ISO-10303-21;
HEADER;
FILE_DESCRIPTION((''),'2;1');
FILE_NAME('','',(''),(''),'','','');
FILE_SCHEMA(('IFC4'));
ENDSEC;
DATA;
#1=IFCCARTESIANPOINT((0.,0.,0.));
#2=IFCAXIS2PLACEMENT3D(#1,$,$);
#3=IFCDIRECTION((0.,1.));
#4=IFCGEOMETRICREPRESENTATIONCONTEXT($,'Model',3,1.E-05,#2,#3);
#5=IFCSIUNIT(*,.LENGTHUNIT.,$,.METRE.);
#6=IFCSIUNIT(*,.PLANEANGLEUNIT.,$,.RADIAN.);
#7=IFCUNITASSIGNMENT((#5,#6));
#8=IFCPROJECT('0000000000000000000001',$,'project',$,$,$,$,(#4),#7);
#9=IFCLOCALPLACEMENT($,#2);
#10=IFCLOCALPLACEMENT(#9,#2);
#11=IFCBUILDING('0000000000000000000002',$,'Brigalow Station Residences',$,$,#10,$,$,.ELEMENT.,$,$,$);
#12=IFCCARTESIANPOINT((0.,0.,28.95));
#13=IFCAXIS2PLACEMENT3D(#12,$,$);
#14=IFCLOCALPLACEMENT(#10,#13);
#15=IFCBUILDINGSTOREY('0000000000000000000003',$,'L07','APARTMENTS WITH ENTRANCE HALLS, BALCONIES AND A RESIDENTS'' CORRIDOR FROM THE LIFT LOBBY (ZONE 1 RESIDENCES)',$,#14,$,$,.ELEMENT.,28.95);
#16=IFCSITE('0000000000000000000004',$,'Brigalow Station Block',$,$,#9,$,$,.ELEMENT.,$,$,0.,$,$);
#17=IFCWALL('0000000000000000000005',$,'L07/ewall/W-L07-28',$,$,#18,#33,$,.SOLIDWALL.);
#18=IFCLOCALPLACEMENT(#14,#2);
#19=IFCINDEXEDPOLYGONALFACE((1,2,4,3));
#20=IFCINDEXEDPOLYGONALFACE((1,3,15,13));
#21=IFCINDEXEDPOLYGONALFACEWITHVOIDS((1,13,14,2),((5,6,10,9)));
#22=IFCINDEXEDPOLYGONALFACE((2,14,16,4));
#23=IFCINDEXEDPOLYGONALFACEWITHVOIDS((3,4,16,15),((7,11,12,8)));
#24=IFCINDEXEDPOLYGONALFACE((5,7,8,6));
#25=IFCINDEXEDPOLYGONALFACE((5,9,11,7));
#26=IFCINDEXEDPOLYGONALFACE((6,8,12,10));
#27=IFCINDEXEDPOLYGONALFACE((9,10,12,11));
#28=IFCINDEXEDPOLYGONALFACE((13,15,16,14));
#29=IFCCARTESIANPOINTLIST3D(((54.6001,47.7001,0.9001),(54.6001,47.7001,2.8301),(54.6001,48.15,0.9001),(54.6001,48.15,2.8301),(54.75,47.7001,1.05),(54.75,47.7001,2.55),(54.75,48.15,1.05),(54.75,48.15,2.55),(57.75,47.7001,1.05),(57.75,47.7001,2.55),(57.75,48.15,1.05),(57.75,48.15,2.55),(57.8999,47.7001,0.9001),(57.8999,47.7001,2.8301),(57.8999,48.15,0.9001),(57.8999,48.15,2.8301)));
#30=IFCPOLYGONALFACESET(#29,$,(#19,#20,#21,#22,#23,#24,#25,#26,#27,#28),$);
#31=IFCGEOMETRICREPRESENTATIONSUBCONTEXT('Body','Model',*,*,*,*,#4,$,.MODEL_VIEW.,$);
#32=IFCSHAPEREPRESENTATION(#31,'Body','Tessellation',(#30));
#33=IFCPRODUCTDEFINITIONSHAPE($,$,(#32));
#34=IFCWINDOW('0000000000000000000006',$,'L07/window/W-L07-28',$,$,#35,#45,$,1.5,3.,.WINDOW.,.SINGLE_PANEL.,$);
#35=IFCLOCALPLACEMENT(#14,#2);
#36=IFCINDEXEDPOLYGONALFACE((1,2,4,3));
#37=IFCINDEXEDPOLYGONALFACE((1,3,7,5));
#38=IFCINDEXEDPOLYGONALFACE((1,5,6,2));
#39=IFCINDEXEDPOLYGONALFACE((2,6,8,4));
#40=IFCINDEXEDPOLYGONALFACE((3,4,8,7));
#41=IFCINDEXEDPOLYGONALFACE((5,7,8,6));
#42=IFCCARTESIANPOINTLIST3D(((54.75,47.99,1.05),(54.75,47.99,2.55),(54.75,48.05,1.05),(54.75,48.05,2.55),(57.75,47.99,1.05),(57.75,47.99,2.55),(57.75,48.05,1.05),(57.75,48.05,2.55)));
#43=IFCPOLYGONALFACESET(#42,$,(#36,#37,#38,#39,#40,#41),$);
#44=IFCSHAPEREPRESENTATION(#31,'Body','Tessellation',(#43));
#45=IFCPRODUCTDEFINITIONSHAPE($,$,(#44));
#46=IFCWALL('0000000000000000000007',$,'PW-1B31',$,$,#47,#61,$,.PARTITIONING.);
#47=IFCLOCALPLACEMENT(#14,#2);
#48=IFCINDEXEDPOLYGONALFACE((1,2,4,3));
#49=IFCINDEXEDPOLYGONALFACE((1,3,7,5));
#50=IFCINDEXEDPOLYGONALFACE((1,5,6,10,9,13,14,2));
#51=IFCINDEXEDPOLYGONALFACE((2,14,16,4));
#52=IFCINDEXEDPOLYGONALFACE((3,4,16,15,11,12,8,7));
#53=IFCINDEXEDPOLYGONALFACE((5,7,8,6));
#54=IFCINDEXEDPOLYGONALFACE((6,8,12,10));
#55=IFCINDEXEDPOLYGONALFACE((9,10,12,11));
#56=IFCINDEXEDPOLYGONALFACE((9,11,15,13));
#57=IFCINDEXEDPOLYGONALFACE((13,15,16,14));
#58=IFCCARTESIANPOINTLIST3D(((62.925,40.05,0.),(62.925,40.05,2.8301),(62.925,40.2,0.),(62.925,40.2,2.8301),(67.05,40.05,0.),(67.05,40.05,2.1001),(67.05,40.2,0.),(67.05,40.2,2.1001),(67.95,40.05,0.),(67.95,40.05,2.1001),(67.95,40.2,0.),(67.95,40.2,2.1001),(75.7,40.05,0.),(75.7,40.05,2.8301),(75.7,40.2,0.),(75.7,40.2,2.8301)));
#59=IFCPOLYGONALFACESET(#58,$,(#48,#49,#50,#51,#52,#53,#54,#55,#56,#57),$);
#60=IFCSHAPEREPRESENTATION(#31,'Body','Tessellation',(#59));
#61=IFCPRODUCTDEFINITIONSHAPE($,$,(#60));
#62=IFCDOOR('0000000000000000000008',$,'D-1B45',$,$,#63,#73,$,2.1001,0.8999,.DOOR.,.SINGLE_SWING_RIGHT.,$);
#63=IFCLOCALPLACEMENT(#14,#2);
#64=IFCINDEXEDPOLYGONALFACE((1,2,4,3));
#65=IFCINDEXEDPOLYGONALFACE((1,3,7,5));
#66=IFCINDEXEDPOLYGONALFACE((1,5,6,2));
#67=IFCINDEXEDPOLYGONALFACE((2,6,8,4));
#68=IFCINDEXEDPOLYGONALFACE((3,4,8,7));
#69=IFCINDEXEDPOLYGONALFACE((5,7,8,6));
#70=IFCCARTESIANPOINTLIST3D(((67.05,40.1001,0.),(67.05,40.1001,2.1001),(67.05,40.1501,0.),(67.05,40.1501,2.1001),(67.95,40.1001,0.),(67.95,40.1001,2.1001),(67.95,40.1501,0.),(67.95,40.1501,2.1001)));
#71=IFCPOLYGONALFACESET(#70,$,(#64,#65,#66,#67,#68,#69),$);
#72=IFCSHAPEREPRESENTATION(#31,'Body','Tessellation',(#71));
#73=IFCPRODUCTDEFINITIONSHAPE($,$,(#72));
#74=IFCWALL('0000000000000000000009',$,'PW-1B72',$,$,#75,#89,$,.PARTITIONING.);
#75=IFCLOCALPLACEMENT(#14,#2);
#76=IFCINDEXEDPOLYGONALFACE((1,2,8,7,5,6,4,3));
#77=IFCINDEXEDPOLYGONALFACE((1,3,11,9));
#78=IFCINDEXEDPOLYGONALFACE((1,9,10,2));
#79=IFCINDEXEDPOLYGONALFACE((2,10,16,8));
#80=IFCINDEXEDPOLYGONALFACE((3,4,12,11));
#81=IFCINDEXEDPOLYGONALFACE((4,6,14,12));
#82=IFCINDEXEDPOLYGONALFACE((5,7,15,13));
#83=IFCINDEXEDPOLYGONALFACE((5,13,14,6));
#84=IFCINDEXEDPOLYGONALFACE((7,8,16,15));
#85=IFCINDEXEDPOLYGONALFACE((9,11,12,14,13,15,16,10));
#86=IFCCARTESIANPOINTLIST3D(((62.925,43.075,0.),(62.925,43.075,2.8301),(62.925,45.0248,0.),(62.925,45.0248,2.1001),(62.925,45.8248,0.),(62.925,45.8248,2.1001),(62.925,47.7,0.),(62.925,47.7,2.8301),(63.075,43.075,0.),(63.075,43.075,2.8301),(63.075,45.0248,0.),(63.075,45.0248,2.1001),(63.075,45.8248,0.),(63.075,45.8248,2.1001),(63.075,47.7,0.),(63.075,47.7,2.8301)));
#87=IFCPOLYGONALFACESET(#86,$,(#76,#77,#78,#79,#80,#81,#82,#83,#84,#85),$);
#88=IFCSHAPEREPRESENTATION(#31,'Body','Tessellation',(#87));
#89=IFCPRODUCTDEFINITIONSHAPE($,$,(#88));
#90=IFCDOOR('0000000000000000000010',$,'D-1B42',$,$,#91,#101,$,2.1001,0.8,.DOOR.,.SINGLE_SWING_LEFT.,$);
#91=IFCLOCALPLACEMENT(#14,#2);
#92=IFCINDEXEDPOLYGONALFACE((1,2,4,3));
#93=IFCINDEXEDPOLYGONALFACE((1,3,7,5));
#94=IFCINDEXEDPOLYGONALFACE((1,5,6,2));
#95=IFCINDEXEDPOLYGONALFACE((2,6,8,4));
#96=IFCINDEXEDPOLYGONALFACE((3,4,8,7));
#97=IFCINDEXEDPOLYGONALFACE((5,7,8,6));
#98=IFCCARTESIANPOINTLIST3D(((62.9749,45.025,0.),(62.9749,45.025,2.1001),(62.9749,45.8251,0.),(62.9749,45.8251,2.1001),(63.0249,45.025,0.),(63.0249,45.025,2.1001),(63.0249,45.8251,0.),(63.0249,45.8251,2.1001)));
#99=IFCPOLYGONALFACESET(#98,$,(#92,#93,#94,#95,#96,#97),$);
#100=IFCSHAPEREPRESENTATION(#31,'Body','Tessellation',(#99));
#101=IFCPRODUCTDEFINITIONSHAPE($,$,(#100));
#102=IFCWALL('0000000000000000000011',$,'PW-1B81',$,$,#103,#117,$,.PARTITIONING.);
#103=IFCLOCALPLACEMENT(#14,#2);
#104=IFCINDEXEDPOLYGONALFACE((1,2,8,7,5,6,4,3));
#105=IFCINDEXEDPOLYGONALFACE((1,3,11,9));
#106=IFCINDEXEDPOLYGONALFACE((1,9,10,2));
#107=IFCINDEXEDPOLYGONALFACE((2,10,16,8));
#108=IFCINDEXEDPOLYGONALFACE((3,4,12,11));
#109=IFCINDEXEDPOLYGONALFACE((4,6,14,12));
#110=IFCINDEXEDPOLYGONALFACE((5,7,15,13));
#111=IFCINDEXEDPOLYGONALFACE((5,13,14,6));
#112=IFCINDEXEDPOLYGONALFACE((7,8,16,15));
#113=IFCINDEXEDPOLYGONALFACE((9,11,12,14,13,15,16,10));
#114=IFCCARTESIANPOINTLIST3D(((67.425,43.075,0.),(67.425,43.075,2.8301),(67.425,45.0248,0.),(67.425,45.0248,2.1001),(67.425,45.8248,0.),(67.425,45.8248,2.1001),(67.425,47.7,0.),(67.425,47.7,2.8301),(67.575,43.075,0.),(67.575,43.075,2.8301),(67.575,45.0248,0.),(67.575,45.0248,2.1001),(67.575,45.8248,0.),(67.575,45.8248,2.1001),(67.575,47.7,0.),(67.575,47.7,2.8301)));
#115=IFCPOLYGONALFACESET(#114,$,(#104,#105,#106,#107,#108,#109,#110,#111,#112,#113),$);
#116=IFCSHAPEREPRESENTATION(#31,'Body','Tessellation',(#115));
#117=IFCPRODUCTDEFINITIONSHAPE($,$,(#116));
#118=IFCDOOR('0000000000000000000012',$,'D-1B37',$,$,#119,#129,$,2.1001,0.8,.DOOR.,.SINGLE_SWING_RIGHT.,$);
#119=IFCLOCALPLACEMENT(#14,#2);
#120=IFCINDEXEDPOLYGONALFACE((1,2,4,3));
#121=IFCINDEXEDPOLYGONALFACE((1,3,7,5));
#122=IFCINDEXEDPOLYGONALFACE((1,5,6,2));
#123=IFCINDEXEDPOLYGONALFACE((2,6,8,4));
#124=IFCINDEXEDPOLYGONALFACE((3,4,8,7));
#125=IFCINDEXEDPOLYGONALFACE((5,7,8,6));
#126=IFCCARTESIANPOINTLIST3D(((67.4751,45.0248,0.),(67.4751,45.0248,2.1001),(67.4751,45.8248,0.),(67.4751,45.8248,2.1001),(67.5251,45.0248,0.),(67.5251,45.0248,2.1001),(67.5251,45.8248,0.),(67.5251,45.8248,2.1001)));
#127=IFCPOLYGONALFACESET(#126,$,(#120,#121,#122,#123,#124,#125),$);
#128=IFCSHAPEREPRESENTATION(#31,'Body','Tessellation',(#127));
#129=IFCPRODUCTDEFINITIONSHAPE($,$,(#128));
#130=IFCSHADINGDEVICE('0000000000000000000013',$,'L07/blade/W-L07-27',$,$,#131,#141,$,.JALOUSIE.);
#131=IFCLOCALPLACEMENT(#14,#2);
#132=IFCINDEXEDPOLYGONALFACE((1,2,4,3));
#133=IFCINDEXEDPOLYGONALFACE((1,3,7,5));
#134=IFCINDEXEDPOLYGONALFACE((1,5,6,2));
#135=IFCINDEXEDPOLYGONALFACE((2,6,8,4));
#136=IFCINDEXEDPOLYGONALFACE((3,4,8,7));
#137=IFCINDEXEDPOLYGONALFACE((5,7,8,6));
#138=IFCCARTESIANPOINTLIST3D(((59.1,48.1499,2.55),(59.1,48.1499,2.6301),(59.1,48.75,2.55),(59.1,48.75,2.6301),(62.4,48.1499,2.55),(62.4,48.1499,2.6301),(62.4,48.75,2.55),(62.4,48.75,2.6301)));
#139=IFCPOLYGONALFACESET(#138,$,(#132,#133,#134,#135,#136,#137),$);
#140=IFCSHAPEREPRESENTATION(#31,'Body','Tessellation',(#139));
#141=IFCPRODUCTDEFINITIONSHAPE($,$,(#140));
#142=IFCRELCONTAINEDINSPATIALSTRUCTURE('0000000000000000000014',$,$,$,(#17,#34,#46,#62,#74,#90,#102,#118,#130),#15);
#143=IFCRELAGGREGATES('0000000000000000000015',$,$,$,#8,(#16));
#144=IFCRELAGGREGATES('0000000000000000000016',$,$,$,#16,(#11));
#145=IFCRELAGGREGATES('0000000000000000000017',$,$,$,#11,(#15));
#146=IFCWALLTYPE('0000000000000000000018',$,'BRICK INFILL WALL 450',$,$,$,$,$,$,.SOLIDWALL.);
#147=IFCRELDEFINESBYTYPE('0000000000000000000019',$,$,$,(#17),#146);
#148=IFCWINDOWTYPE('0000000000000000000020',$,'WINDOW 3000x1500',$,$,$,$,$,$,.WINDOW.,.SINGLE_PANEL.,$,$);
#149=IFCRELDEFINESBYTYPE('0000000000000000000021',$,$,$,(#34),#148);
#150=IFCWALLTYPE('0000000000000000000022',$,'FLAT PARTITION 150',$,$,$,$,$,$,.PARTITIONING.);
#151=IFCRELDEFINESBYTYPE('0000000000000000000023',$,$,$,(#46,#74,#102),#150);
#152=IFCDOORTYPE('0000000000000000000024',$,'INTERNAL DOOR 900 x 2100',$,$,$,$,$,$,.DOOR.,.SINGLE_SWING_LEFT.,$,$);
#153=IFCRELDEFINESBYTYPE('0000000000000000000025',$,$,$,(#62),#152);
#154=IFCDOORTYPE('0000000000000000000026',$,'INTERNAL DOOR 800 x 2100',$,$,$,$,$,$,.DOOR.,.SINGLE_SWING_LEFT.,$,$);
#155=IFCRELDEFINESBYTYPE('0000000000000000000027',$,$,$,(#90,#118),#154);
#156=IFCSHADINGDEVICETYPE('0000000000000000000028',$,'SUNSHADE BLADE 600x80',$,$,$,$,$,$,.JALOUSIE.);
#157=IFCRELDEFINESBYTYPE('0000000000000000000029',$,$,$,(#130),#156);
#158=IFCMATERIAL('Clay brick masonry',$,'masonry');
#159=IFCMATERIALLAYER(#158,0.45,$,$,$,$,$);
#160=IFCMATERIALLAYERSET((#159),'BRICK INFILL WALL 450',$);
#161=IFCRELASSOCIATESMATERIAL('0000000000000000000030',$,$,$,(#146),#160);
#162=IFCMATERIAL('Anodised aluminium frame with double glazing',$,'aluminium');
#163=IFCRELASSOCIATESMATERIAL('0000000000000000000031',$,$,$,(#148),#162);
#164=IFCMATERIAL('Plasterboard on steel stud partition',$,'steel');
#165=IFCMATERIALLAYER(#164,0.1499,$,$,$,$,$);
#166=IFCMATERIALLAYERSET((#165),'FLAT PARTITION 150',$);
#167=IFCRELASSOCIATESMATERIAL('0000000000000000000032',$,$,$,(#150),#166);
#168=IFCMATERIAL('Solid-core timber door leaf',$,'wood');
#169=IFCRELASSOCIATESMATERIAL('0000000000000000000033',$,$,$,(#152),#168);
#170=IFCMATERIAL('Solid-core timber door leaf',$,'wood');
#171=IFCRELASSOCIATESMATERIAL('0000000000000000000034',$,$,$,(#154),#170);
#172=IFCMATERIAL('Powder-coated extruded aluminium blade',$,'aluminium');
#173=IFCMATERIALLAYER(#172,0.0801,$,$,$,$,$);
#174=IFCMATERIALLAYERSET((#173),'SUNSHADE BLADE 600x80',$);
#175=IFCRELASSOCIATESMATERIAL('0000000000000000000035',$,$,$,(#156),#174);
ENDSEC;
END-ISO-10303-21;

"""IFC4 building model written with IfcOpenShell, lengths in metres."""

from ifc_helpers import new_model, si_unit, direction, frame, frame_2d, origin, origin_2d, place, context, subcontext, project, spatial, rectangle, extrude, material, layer, layer_set, type_object, element, fill, save


model = new_model("IFC4")

# Units and contexts
model_context = context("Model", 3, precision=1e-05, world=origin(), true_north=direction((0.0, 1.0)))
body_context = subcontext(model_context, "Body", "Model", "MODEL_VIEW")
ifc_project = project(units=[si_unit("LENGTHUNIT", "METRE"), si_unit("PLANEANGLEUNIT", "RADIAN")], contexts=[model_context])

# Site, building, storey
site_placement = place(None, origin())
site = spatial("IfcSite", under=ifc_project, at=site_placement, Name="Brigalow Station Block", CompositionType="ELEMENT", RefElevation=0.0)
building_placement = place(site_placement, origin())
building = spatial("IfcBuilding", under=site, at=building_placement, Name="Brigalow Station Residences", CompositionType="ELEMENT")
storey_placement = place(building_placement, frame((0.0, 0.0, 28.95)))
storey = spatial("IfcBuildingStorey", under=building, at=storey_placement, Name="L07", Description="APARTMENTS WITH ENTRANCE HALLS, BALCONIES AND A RESIDENTS' CORRIDOR FROM THE LIFT LOBBY (ZONE 1 RESIDENCES)", CompositionType="ELEMENT", Elevation=28.95)

# Shared definitions
ifc_material_1 = material(Name="Clay brick masonry", Category="masonry")
ifc_layer_1 = layer(ifc_material_1, 0.45)
ifc_layer_set_1 = layer_set([ifc_layer_1], Name="BRICK INFILL WALL 450")
wall_type_1 = type_object("IfcWallType", Name="BRICK INFILL WALL 450", PredefinedType="SOLIDWALL", material=ifc_layer_set_1)

# Wall, opening, window
ifc_material_2 = material(Name="Anodised aluminium frame with double glazing", Category="aluminium")
window_type = type_object("IfcWindowType", Name="WINDOW 3000x1500", PartitioningType="SINGLE_PANEL", PredefinedType="WINDOW", material=ifc_material_2)
wall_1_placement = place(storey_placement, frame((57.8999, 47.925, 0.9001), z_axis=(0.0, 0.0, 1.0), x_axis=(-1.0, 0.0, 0.0)))
wall_1 = element("IfcWall", 1, at=wall_1_placement, inside=storey, type_object=wall_type_1, Name="L07/ewall/W-L07-28", PredefinedType="SOLIDWALL", context=body_context, shape_type="SweptSolid", body=[
    extrude(rectangle(XDim=3.2998, YDim=0.45, at=frame_2d((1.6499, 0.0))), origin(), (0.0, 0.0, 1.0), 1.9299),
])
opening_1_placement = place(wall_1_placement, frame((0.1499, 0.0, 0.1499)))
opening_1 = element("IfcOpeningElement", 2, at=opening_1_placement, cuts=wall_1, PredefinedType="OPENING", context=body_context, shape_type="SweptSolid", body=[
    extrude(rectangle(XDim=3.0, YDim=1.5, at=frame_2d((1.5, 0.75))), frame((0.0, 0.2349, 0.0), z_axis=(0.0, -1.0, 0.0), x_axis=(1.0, 0.0, 0.0)), (0.0, 0.0, 1.0), 0.47),
])
window_1_placement = place(opening_1_placement, origin())
window_1 = element("IfcWindow", 3, at=window_1_placement, inside=storey, type_object=window_type, Name="L07/window/W-L07-28", OverallHeight=1.5, OverallWidth=3.0, PartitioningType="SINGLE_PANEL", PredefinedType="WINDOW", context=body_context, shape_type="SweptSolid", body=[
    extrude(rectangle(XDim=3.0, YDim=1.5, at=frame_2d((1.5, 0.75))), frame((0.0, -0.0649, 0.0), z_axis=(0.0, -1.0, 0.0), x_axis=(1.0, 0.0, 0.0)), (0.0, 0.0, 1.0), 0.0601),
])
fill(opening_1, window_1)

# Walls, openings, doors
ifc_material_3 = material(Name="Plasterboard on steel stud partition", Category="steel")
ifc_layer_2 = layer(ifc_material_3, 0.1499)
ifc_layer_set_2 = layer_set([ifc_layer_2], Name="FLAT PARTITION 150")
wall_type_2 = type_object("IfcWallType", Name="FLAT PARTITION 150", PredefinedType="PARTITIONING", material=ifc_layer_set_2)
wall_2_placement = place(storey_placement, frame((62.925, 40.125, 0.0), z_axis=(0.0, 0.0, 1.0), x_axis=(1.0, 0.0, 0.0)))
wall_2 = element("IfcWall", 4, at=wall_2_placement, inside=storey, type_object=wall_type_2, Name="PW-1B31", PredefinedType="PARTITIONING", context=body_context, shape_type="SweptSolid", body=[
    extrude(rectangle(XDim=12.7749, YDim=0.1499, at=frame_2d((6.3875, 0.0))), origin(), (0.0, 0.0, 1.0), 2.8301),
])
opening_2_placement = place(wall_2_placement, frame((4.125, 0.0, 0.0)))
opening_2 = element("IfcOpeningElement", 5, at=opening_2_placement, cuts=wall_2, PredefinedType="OPENING", context=body_context, shape_type="SweptSolid", body=[
    extrude(rectangle(XDim=0.8999, YDim=2.1001, at=frame_2d((0.45, 1.05))), frame((0.0, 0.085, 0.0), z_axis=(0.0, -1.0, 0.0), x_axis=(1.0, 0.0, 0.0)), (0.0, 0.0, 1.0), 0.1699),
])
ifc_material_4 = material(Name="Solid-core timber door leaf", Category="wood")
door_type_1 = type_object("IfcDoorType", Name="INTERNAL DOOR 900 x 2100", OperationType="SINGLE_SWING_LEFT", PredefinedType="DOOR", material=ifc_material_4)
door_1_placement = place(opening_2_placement, frame((0.8999, 0.0, 0.0), z_axis=(0.0, 0.0, 1.0), x_axis=(-1.0, 0.0, 0.0)))
door_1 = element("IfcDoor", 6, at=door_1_placement, inside=storey, type_object=door_type_1, Name="D-1B45", OperationType="SINGLE_SWING_RIGHT", OverallHeight=2.1001, OverallWidth=0.8999, PredefinedType="DOOR", context=body_context, shape_type="SweptSolid", body=[
    extrude(rectangle(XDim=0.8999, YDim=2.1001, at=frame_2d((0.45, 1.05))), frame((0.0, 0.0249, 0.0), z_axis=(0.0, -1.0, 0.0), x_axis=(1.0, 0.0, 0.0)), (0.0, 0.0, 1.0), 0.05),
])
fill(opening_2, door_1)
wall_3_placement = place(storey_placement, frame((63.0, 43.075, 0.0), z_axis=(0.0, 0.0, 1.0), x_axis=(0.0, 1.0, 0.0)))
wall_3 = element("IfcWall", 7, at=wall_3_placement, inside=storey, type_object=wall_type_2, Name="PW-1B72", PredefinedType="PARTITIONING", context=body_context, shape_type="SweptSolid", body=[
    extrude(rectangle(XDim=4.625, YDim=0.1499, at=frame_2d((2.3125, 0.0))), origin(), (0.0, 0.0, 1.0), 2.8301),
])
opening_3_placement = place(wall_3_placement, frame((1.95, 0.0, 0.0)))
opening_3 = element("IfcOpeningElement", 8, at=opening_3_placement, cuts=wall_3, PredefinedType="OPENING", context=body_context, shape_type="SweptSolid", body=[
    extrude(rectangle(XDim=0.8, YDim=2.1001, at=frame_2d((0.3999, 1.05))), frame((0.0, 0.085, 0.0), z_axis=(0.0, -1.0, 0.0), x_axis=(1.0, 0.0, 0.0)), (0.0, 0.0, 1.0), 0.1699),
])
ifc_material_5 = material(Name="Solid-core timber door leaf", Category="wood")
door_type_2 = type_object("IfcDoorType", Name="INTERNAL DOOR 800 x 2100", OperationType="SINGLE_SWING_LEFT", PredefinedType="DOOR", material=ifc_material_5)
door_2_placement = place(opening_3_placement, frame((0.8, 0.0, 0.0), z_axis=(0.0, 0.0, 1.0), x_axis=(-1.0, 0.0, 0.0)))
door_2 = element("IfcDoor", 9, at=door_2_placement, inside=storey, type_object=door_type_2, Name="D-1B42", OperationType="SINGLE_SWING_LEFT", OverallHeight=2.1001, OverallWidth=0.8, PredefinedType="DOOR", context=body_context, shape_type="SweptSolid", body=[
    extrude(rectangle(XDim=0.8, YDim=2.1001, at=frame_2d((0.3999, 1.05))), frame((0.0, 0.0249, 0.0), z_axis=(0.0, -1.0, 0.0), x_axis=(1.0, 0.0, 0.0)), (0.0, 0.0, 1.0), 0.05),
])
fill(opening_3, door_2)
wall_4_placement = place(storey_placement, frame((67.5, 43.075, 0.0), z_axis=(0.0, 0.0, 1.0), x_axis=(0.0, 1.0, 0.0)))
wall_4 = element("IfcWall", 10, at=wall_4_placement, inside=storey, type_object=wall_type_2, Name="PW-1B81", PredefinedType="PARTITIONING", context=body_context, shape_type="SweptSolid", body=[
    extrude(rectangle(XDim=4.625, YDim=0.1499, at=frame_2d((2.3125, 0.0))), origin(), (0.0, 0.0, 1.0), 2.8301),
])
opening_4_placement = place(wall_4_placement, frame((1.95, 0.0, 0.0)))
opening_4 = element("IfcOpeningElement", 11, at=opening_4_placement, cuts=wall_4, PredefinedType="OPENING", context=body_context, shape_type="SweptSolid", body=[
    extrude(rectangle(XDim=0.8, YDim=2.1001, at=frame_2d((0.3999, 1.05))), frame((0.0, 0.085, 0.0), z_axis=(0.0, -1.0, 0.0), x_axis=(1.0, 0.0, 0.0)), (0.0, 0.0, 1.0), 0.1699),
])
door_3_placement = place(opening_4_placement, origin())
door_3 = element("IfcDoor", 12, at=door_3_placement, inside=storey, type_object=door_type_2, Name="D-1B37", OperationType="SINGLE_SWING_RIGHT", OverallHeight=2.1001, OverallWidth=0.8, PredefinedType="DOOR", context=body_context, shape_type="SweptSolid", body=[
    extrude(rectangle(XDim=0.8, YDim=2.1001, at=frame_2d((0.3999, 1.05))), frame((0.0, 0.0249, 0.0), z_axis=(0.0, -1.0, 0.0), x_axis=(1.0, 0.0, 0.0)), (0.0, 0.0, 1.0), 0.05),
])
fill(opening_4, door_3)

# Shading device
ifc_material_6 = material(Name="Powder-coated extruded aluminium blade", Category="aluminium")
ifc_layer_3 = layer(ifc_material_6, 0.0801)
ifc_layer_set_3 = layer_set([ifc_layer_3], Name="SUNSHADE BLADE 600x80")
shading_device_type = type_object("IfcShadingDeviceType", Name="SUNSHADE BLADE 600x80", PredefinedType="JALOUSIE", material=ifc_layer_set_3)
shading_device_placement = place(storey_placement, frame((60.75, 48.45, 2.55), z_axis=(0.0, 0.0, 1.0), x_axis=(-1.0, 0.0, 0.0)))
element("IfcShadingDevice", 13, at=shading_device_placement, inside=storey, type_object=shading_device_type, Name="L07/blade/W-L07-27", PredefinedType="JALOUSIE", context=body_context, shape_type="SweptSolid", body=[
    extrude(rectangle(XDim=3.3, YDim=0.6001, at=origin_2d()), origin(), (0.0, 0.0, 1.0), 0.0801),
])

save(model, "model.ifc")
